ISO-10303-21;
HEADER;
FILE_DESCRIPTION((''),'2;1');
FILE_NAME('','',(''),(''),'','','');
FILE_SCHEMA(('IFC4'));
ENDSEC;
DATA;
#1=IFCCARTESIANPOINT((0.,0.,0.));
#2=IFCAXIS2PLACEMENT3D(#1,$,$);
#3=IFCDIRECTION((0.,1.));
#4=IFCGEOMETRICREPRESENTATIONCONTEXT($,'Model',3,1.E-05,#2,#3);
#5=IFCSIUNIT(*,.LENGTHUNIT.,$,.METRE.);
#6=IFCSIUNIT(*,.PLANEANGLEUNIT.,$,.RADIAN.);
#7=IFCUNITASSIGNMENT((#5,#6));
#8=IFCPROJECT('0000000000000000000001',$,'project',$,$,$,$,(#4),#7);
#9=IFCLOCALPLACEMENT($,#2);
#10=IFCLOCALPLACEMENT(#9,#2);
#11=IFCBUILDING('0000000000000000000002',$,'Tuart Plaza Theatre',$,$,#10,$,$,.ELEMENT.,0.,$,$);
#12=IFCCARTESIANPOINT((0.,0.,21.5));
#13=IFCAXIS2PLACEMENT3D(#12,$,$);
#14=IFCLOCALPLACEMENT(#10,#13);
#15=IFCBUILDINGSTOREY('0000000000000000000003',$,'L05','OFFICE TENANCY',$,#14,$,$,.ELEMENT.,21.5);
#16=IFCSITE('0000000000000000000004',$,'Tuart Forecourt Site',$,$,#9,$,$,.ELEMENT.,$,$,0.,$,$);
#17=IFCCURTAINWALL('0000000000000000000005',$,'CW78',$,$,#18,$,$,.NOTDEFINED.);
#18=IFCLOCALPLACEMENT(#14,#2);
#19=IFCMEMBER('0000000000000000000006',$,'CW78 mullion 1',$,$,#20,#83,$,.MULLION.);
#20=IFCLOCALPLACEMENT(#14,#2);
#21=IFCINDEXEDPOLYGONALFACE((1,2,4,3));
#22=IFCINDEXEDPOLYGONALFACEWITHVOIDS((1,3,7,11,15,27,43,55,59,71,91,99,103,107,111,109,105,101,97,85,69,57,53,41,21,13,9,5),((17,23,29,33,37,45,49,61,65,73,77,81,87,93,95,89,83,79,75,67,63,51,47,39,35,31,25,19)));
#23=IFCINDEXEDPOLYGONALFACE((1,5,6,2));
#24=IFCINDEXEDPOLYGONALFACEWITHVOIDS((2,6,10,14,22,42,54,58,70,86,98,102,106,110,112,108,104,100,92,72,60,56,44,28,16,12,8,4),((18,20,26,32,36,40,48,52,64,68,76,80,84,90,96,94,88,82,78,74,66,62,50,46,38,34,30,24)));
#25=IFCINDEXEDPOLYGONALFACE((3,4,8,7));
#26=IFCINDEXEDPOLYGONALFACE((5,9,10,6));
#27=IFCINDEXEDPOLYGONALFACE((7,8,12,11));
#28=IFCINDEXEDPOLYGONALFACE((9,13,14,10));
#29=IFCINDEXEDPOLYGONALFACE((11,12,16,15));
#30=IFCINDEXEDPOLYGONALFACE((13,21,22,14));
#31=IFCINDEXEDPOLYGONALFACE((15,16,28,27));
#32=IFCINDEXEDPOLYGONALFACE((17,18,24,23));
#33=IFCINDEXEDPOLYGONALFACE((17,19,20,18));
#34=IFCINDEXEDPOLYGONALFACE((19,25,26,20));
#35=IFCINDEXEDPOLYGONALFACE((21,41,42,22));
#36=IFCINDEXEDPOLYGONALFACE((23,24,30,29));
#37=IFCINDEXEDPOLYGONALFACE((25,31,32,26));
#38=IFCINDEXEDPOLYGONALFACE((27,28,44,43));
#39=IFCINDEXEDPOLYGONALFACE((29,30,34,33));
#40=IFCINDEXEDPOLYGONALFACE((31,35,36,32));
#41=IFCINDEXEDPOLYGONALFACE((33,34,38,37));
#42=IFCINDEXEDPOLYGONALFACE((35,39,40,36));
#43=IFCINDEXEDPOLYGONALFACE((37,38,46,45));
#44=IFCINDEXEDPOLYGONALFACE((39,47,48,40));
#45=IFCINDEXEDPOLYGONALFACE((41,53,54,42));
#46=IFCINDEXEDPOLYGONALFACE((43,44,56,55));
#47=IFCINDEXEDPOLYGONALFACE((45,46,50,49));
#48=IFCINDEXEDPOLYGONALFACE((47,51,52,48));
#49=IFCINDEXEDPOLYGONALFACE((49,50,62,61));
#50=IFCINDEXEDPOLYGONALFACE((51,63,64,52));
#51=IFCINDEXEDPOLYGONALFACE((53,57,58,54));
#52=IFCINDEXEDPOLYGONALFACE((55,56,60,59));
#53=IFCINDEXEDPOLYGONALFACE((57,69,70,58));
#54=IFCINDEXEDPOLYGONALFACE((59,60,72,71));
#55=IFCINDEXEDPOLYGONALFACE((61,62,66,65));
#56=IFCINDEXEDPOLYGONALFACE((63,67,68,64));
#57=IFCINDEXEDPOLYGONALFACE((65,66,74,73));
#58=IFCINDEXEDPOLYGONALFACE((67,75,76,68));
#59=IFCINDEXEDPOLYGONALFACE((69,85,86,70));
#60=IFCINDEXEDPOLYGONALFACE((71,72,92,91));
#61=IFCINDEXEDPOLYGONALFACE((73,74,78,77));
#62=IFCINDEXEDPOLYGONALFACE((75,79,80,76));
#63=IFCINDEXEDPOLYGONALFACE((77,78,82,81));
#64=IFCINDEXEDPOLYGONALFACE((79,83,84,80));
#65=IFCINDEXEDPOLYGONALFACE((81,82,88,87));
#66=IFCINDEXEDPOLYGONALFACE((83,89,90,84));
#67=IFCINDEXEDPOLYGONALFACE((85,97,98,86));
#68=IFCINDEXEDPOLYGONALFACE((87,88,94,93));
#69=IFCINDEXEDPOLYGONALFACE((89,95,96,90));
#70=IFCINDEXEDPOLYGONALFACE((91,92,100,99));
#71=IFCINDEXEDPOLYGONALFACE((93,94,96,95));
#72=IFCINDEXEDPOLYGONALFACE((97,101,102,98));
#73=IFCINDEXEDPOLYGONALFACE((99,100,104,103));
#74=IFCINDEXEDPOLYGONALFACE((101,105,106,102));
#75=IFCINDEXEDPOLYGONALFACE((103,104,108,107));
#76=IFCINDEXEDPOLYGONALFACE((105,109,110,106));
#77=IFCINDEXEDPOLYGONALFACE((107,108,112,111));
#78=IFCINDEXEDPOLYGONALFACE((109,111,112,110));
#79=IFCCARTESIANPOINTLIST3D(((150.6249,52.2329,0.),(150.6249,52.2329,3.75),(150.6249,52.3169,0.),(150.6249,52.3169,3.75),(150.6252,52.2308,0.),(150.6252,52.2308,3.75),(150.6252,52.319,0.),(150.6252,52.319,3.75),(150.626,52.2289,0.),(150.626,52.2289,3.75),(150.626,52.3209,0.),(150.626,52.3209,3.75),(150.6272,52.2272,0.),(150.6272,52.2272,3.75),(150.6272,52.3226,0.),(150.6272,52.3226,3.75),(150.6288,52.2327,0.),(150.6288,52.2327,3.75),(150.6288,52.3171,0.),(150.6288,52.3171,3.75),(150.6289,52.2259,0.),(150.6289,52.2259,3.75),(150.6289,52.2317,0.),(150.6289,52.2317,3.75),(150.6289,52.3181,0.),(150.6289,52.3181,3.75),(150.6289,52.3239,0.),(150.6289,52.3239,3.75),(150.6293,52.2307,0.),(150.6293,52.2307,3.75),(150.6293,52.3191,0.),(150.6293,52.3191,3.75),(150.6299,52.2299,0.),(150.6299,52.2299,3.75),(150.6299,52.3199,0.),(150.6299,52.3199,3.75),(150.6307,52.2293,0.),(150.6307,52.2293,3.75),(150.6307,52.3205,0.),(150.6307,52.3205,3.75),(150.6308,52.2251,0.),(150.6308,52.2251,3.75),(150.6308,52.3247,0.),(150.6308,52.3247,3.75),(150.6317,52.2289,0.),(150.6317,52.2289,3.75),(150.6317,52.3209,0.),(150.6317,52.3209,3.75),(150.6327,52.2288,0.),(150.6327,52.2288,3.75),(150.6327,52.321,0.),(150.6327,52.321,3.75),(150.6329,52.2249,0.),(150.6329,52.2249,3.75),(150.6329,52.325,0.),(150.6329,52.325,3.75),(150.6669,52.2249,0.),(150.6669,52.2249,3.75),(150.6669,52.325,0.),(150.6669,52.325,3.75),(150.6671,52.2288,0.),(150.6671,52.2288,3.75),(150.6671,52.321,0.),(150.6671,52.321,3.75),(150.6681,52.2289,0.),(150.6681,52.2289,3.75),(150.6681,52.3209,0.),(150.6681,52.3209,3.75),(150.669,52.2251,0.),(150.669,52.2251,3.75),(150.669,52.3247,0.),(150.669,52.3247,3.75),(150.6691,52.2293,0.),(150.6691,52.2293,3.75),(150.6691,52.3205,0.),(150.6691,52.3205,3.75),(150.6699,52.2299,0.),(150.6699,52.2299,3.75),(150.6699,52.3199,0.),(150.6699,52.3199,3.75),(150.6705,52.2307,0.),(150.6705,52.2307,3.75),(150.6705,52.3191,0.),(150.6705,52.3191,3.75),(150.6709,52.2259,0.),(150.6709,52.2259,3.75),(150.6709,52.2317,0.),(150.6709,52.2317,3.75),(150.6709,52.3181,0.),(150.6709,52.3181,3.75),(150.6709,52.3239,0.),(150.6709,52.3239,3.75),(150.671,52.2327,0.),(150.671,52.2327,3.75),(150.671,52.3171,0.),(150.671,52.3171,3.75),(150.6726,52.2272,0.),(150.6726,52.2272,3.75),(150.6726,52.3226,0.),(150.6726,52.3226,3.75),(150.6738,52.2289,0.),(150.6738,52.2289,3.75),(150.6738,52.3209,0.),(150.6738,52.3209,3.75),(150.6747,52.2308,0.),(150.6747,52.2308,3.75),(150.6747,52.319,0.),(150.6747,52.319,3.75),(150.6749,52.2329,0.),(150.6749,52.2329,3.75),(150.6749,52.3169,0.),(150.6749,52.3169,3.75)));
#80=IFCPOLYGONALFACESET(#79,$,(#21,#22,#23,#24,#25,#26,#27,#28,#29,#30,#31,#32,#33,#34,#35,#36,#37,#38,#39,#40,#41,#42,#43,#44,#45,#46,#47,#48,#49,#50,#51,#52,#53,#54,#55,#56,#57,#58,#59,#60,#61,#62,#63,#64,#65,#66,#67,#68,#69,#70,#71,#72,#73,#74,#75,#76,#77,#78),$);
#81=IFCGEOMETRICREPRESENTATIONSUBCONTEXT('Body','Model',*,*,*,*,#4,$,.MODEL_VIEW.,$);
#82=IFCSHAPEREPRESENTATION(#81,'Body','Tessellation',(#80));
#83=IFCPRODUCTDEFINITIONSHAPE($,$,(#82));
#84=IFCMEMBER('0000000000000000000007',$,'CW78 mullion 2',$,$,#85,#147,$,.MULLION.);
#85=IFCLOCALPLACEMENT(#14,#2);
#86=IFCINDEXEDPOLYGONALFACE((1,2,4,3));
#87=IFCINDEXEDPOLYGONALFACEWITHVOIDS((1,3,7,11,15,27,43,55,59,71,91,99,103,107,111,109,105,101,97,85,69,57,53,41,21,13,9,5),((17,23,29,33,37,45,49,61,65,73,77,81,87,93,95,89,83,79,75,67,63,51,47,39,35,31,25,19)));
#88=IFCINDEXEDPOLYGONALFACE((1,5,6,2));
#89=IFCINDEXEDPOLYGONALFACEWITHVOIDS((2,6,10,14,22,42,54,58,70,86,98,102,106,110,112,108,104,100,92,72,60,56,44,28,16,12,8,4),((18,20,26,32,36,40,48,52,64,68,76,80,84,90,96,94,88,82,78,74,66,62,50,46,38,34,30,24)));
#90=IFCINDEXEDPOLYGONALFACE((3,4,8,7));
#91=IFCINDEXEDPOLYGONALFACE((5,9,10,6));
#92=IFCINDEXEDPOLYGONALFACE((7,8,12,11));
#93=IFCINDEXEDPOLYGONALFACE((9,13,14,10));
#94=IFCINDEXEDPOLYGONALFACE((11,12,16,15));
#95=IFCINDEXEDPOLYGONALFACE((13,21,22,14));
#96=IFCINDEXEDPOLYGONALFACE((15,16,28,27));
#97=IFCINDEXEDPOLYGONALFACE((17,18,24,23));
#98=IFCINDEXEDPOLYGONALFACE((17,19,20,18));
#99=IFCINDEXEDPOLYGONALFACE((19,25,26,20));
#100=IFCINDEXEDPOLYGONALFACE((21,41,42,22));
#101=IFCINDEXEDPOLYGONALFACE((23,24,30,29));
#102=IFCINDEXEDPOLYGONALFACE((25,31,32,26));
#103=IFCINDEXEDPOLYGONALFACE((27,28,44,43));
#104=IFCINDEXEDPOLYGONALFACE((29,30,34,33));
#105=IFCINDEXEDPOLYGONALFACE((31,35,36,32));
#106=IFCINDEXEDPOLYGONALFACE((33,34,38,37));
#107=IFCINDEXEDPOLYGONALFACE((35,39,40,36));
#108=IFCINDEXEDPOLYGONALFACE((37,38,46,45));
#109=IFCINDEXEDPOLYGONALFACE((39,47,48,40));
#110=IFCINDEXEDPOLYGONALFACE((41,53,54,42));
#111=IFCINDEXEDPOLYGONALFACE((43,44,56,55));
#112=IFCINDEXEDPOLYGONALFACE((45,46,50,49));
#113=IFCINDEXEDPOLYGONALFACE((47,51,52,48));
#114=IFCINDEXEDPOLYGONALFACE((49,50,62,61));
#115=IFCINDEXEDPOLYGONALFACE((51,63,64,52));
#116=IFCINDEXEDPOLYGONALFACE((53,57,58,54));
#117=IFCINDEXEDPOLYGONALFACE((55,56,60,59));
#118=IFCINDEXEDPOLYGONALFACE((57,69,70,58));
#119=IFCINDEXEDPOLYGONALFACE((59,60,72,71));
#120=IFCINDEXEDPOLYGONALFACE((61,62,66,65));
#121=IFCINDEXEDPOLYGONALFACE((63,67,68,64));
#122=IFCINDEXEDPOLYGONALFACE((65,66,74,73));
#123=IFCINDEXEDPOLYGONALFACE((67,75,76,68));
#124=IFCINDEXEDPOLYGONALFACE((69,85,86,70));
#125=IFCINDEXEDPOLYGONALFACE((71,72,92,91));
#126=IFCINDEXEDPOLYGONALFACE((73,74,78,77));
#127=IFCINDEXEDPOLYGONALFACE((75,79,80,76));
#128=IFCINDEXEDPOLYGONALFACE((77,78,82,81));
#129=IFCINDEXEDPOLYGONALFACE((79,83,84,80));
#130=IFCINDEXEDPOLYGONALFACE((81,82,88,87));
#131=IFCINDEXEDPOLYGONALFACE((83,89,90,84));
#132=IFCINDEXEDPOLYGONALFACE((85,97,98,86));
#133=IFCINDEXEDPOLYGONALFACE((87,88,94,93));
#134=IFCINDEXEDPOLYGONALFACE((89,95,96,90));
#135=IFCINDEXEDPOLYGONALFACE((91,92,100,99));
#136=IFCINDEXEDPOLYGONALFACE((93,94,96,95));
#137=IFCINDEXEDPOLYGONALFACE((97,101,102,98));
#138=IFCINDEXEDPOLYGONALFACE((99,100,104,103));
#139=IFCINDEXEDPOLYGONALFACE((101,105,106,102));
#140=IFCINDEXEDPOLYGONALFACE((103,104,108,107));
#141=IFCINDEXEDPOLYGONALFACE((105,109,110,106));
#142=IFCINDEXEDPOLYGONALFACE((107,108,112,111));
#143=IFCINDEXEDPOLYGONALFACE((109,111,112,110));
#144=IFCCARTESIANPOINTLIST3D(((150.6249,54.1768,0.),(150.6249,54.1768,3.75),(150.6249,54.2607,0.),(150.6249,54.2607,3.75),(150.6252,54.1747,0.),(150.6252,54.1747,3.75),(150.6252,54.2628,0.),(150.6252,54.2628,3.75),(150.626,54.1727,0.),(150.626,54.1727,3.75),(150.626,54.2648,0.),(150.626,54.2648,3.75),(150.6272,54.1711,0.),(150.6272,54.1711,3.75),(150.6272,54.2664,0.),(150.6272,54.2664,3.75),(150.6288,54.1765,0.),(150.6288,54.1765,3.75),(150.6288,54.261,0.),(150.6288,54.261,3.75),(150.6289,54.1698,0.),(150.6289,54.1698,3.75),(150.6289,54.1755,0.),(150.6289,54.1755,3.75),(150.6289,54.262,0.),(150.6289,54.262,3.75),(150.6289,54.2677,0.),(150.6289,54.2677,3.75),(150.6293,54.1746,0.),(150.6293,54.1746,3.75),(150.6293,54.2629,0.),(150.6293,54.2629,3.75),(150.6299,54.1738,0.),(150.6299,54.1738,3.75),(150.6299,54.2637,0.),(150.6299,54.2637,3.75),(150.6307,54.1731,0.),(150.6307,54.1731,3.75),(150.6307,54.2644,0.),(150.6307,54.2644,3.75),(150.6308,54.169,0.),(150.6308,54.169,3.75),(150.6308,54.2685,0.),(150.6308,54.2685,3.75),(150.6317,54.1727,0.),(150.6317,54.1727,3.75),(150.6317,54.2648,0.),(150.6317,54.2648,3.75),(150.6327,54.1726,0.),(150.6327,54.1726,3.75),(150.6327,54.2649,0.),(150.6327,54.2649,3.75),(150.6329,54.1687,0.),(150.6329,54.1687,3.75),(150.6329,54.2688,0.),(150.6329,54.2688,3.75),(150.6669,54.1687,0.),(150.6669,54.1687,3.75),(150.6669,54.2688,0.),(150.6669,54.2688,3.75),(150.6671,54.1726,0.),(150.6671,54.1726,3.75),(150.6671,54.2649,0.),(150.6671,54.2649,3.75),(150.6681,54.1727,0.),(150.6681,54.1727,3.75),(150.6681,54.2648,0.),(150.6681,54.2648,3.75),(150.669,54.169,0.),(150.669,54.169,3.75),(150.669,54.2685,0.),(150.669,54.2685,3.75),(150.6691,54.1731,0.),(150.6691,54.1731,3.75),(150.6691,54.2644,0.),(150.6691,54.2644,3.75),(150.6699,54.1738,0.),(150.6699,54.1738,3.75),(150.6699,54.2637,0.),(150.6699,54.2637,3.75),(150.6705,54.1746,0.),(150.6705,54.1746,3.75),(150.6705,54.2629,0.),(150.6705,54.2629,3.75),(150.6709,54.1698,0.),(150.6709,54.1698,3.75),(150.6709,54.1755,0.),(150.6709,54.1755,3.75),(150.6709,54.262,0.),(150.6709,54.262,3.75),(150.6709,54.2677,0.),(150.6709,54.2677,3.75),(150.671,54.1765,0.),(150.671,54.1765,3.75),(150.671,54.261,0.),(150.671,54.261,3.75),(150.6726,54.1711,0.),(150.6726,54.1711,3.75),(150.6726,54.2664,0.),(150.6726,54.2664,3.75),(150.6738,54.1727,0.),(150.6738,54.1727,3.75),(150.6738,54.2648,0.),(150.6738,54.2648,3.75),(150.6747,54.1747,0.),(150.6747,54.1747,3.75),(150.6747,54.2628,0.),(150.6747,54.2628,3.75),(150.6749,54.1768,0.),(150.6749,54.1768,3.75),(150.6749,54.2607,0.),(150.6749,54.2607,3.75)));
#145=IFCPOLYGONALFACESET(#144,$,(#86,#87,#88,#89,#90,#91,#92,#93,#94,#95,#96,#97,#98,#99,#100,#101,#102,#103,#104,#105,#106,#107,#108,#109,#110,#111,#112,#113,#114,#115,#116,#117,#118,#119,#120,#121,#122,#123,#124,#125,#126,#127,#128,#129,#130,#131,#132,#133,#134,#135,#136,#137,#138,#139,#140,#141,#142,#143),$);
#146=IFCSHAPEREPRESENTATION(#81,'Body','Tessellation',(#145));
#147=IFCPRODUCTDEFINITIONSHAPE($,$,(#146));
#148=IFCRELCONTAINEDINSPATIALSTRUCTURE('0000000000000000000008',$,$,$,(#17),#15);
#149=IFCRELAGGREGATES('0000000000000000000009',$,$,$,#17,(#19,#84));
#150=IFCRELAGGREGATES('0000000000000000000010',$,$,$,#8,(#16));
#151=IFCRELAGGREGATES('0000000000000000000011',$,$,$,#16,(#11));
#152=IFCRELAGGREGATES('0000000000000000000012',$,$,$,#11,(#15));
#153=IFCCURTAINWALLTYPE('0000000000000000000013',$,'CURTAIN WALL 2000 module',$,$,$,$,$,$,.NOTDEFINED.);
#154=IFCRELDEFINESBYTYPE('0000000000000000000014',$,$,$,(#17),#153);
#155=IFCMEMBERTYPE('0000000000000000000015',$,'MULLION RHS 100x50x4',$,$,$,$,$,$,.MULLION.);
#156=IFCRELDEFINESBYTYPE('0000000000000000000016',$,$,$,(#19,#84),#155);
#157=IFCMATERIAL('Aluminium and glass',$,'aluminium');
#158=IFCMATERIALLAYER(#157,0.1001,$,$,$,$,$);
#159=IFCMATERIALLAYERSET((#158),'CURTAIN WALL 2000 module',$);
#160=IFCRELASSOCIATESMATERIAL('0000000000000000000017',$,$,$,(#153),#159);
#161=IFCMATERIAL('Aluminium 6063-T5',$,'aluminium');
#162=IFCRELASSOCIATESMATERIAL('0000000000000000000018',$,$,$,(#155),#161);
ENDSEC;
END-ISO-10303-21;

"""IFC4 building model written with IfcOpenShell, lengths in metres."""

from ifc_helpers import new_model, si_unit, direction, frame, origin, origin_2d, place, context, subcontext, project, spatial, hollow_rectangle, extrude, material, layer, layer_set, material_profile, profile_set, type_object, element, aggregate, save


model = new_model("IFC4")

# Units and contexts
model_context = context("Model", 3, precision=1e-05, world=origin(), true_north=direction((0.0, 1.0)))
body_context = subcontext(model_context, "Body", "Model", "MODEL_VIEW")
ifc_project = project(units=[si_unit("LENGTHUNIT", "METRE"), si_unit("PLANEANGLEUNIT", "RADIAN")], contexts=[model_context])

# Site, building, storey
site_placement = place(None, origin())
site = spatial("IfcSite", under=ifc_project, at=site_placement, Name="Tuart Forecourt Site", CompositionType="ELEMENT", RefElevation=0.0)
building_placement = place(site_placement, origin())
building = spatial("IfcBuilding", under=site, at=building_placement, Name="Tuart Plaza Theatre", CompositionType="ELEMENT", ElevationOfRefHeight=0.0)
storey_placement = place(building_placement, frame((0.0, 0.0, 21.5)))
storey = spatial("IfcBuildingStorey", under=building, at=storey_placement, Name="L05", Description="OFFICE TENANCY", CompositionType="ELEMENT", Elevation=21.5)

# Curtain wall, members
ifc_material_1 = material(Name="Aluminium and glass", Category="aluminium")
ifc_layer_1 = layer(ifc_material_1, 0.1001)
ifc_layer_set_1 = layer_set([ifc_layer_1], Name="CURTAIN WALL 2000 module")
curtain_wall_type = type_object("IfcCurtainWallType", Name="CURTAIN WALL 2000 module", PredefinedType="NOTDEFINED", material=ifc_layer_set_1)
ifc_material_2 = material(Name="Aluminium 6063-T5", Category="aluminium")
ifc_material_profile_1 = material_profile(ifc_material_2, hollow_rectangle(XDim=0.05, YDim=0.1001, WallThickness=0.0039, InnerFilletRadius=0.0039, OuterFilletRadius=0.0081, at=origin_2d()), Name="RHS 100x50x4")
ifc_profile_set_1 = profile_set([ifc_material_profile_1], Name="Aluminium 6063-T5")
member_type_1 = type_object("IfcMemberType", Name="MULLION RHS 100x50x4", PredefinedType="MULLION", material=ifc_profile_set_1)
curtain_wall_1_placement = place(storey_placement, origin())
curtain_wall_1 = element("IfcCurtainWall", 1, at=curtain_wall_1_placement, inside=storey, type_object=curtain_wall_type, Name="CW78", PredefinedType="NOTDEFINED")
member_1_placement = place(storey_placement, frame((150.6499, 52.2749, 0.0), z_axis=(0.0, 0.0, 1.0), x_axis=(-1.0, 0.0, 0.0)))
member_1 = element("IfcMember", 2, at=member_1_placement, type_object=member_type_1, Name="CW78 mullion 1", PredefinedType="MULLION", context=body_context, shape_type="SweptSolid", body=[
    extrude(hollow_rectangle(XDim=0.05, YDim=0.1001, WallThickness=0.0039, InnerFilletRadius=0.0039, OuterFilletRadius=0.0081, at=origin_2d()), origin(), (0.0, 0.0, 1.0), 3.75),
])
member_2_placement = place(storey_placement, frame((150.6499, 54.2188, 0.0), z_axis=(0.0, 0.0, 1.0), x_axis=(-1.0, 0.0, 0.0)))
member_2 = element("IfcMember", 3, at=member_2_placement, type_object=member_type_1, Name="CW78 mullion 2", PredefinedType="MULLION", context=body_context, shape_type="SweptSolid", body=[
    extrude(hollow_rectangle(XDim=0.05, YDim=0.1001, WallThickness=0.0039, InnerFilletRadius=0.0039, OuterFilletRadius=0.0081, at=origin_2d()), origin(), (0.0, 0.0, 1.0), 3.75),
])

aggregate(curtain_wall_1, [member_1, member_2])

save(model, "model.ifc")
